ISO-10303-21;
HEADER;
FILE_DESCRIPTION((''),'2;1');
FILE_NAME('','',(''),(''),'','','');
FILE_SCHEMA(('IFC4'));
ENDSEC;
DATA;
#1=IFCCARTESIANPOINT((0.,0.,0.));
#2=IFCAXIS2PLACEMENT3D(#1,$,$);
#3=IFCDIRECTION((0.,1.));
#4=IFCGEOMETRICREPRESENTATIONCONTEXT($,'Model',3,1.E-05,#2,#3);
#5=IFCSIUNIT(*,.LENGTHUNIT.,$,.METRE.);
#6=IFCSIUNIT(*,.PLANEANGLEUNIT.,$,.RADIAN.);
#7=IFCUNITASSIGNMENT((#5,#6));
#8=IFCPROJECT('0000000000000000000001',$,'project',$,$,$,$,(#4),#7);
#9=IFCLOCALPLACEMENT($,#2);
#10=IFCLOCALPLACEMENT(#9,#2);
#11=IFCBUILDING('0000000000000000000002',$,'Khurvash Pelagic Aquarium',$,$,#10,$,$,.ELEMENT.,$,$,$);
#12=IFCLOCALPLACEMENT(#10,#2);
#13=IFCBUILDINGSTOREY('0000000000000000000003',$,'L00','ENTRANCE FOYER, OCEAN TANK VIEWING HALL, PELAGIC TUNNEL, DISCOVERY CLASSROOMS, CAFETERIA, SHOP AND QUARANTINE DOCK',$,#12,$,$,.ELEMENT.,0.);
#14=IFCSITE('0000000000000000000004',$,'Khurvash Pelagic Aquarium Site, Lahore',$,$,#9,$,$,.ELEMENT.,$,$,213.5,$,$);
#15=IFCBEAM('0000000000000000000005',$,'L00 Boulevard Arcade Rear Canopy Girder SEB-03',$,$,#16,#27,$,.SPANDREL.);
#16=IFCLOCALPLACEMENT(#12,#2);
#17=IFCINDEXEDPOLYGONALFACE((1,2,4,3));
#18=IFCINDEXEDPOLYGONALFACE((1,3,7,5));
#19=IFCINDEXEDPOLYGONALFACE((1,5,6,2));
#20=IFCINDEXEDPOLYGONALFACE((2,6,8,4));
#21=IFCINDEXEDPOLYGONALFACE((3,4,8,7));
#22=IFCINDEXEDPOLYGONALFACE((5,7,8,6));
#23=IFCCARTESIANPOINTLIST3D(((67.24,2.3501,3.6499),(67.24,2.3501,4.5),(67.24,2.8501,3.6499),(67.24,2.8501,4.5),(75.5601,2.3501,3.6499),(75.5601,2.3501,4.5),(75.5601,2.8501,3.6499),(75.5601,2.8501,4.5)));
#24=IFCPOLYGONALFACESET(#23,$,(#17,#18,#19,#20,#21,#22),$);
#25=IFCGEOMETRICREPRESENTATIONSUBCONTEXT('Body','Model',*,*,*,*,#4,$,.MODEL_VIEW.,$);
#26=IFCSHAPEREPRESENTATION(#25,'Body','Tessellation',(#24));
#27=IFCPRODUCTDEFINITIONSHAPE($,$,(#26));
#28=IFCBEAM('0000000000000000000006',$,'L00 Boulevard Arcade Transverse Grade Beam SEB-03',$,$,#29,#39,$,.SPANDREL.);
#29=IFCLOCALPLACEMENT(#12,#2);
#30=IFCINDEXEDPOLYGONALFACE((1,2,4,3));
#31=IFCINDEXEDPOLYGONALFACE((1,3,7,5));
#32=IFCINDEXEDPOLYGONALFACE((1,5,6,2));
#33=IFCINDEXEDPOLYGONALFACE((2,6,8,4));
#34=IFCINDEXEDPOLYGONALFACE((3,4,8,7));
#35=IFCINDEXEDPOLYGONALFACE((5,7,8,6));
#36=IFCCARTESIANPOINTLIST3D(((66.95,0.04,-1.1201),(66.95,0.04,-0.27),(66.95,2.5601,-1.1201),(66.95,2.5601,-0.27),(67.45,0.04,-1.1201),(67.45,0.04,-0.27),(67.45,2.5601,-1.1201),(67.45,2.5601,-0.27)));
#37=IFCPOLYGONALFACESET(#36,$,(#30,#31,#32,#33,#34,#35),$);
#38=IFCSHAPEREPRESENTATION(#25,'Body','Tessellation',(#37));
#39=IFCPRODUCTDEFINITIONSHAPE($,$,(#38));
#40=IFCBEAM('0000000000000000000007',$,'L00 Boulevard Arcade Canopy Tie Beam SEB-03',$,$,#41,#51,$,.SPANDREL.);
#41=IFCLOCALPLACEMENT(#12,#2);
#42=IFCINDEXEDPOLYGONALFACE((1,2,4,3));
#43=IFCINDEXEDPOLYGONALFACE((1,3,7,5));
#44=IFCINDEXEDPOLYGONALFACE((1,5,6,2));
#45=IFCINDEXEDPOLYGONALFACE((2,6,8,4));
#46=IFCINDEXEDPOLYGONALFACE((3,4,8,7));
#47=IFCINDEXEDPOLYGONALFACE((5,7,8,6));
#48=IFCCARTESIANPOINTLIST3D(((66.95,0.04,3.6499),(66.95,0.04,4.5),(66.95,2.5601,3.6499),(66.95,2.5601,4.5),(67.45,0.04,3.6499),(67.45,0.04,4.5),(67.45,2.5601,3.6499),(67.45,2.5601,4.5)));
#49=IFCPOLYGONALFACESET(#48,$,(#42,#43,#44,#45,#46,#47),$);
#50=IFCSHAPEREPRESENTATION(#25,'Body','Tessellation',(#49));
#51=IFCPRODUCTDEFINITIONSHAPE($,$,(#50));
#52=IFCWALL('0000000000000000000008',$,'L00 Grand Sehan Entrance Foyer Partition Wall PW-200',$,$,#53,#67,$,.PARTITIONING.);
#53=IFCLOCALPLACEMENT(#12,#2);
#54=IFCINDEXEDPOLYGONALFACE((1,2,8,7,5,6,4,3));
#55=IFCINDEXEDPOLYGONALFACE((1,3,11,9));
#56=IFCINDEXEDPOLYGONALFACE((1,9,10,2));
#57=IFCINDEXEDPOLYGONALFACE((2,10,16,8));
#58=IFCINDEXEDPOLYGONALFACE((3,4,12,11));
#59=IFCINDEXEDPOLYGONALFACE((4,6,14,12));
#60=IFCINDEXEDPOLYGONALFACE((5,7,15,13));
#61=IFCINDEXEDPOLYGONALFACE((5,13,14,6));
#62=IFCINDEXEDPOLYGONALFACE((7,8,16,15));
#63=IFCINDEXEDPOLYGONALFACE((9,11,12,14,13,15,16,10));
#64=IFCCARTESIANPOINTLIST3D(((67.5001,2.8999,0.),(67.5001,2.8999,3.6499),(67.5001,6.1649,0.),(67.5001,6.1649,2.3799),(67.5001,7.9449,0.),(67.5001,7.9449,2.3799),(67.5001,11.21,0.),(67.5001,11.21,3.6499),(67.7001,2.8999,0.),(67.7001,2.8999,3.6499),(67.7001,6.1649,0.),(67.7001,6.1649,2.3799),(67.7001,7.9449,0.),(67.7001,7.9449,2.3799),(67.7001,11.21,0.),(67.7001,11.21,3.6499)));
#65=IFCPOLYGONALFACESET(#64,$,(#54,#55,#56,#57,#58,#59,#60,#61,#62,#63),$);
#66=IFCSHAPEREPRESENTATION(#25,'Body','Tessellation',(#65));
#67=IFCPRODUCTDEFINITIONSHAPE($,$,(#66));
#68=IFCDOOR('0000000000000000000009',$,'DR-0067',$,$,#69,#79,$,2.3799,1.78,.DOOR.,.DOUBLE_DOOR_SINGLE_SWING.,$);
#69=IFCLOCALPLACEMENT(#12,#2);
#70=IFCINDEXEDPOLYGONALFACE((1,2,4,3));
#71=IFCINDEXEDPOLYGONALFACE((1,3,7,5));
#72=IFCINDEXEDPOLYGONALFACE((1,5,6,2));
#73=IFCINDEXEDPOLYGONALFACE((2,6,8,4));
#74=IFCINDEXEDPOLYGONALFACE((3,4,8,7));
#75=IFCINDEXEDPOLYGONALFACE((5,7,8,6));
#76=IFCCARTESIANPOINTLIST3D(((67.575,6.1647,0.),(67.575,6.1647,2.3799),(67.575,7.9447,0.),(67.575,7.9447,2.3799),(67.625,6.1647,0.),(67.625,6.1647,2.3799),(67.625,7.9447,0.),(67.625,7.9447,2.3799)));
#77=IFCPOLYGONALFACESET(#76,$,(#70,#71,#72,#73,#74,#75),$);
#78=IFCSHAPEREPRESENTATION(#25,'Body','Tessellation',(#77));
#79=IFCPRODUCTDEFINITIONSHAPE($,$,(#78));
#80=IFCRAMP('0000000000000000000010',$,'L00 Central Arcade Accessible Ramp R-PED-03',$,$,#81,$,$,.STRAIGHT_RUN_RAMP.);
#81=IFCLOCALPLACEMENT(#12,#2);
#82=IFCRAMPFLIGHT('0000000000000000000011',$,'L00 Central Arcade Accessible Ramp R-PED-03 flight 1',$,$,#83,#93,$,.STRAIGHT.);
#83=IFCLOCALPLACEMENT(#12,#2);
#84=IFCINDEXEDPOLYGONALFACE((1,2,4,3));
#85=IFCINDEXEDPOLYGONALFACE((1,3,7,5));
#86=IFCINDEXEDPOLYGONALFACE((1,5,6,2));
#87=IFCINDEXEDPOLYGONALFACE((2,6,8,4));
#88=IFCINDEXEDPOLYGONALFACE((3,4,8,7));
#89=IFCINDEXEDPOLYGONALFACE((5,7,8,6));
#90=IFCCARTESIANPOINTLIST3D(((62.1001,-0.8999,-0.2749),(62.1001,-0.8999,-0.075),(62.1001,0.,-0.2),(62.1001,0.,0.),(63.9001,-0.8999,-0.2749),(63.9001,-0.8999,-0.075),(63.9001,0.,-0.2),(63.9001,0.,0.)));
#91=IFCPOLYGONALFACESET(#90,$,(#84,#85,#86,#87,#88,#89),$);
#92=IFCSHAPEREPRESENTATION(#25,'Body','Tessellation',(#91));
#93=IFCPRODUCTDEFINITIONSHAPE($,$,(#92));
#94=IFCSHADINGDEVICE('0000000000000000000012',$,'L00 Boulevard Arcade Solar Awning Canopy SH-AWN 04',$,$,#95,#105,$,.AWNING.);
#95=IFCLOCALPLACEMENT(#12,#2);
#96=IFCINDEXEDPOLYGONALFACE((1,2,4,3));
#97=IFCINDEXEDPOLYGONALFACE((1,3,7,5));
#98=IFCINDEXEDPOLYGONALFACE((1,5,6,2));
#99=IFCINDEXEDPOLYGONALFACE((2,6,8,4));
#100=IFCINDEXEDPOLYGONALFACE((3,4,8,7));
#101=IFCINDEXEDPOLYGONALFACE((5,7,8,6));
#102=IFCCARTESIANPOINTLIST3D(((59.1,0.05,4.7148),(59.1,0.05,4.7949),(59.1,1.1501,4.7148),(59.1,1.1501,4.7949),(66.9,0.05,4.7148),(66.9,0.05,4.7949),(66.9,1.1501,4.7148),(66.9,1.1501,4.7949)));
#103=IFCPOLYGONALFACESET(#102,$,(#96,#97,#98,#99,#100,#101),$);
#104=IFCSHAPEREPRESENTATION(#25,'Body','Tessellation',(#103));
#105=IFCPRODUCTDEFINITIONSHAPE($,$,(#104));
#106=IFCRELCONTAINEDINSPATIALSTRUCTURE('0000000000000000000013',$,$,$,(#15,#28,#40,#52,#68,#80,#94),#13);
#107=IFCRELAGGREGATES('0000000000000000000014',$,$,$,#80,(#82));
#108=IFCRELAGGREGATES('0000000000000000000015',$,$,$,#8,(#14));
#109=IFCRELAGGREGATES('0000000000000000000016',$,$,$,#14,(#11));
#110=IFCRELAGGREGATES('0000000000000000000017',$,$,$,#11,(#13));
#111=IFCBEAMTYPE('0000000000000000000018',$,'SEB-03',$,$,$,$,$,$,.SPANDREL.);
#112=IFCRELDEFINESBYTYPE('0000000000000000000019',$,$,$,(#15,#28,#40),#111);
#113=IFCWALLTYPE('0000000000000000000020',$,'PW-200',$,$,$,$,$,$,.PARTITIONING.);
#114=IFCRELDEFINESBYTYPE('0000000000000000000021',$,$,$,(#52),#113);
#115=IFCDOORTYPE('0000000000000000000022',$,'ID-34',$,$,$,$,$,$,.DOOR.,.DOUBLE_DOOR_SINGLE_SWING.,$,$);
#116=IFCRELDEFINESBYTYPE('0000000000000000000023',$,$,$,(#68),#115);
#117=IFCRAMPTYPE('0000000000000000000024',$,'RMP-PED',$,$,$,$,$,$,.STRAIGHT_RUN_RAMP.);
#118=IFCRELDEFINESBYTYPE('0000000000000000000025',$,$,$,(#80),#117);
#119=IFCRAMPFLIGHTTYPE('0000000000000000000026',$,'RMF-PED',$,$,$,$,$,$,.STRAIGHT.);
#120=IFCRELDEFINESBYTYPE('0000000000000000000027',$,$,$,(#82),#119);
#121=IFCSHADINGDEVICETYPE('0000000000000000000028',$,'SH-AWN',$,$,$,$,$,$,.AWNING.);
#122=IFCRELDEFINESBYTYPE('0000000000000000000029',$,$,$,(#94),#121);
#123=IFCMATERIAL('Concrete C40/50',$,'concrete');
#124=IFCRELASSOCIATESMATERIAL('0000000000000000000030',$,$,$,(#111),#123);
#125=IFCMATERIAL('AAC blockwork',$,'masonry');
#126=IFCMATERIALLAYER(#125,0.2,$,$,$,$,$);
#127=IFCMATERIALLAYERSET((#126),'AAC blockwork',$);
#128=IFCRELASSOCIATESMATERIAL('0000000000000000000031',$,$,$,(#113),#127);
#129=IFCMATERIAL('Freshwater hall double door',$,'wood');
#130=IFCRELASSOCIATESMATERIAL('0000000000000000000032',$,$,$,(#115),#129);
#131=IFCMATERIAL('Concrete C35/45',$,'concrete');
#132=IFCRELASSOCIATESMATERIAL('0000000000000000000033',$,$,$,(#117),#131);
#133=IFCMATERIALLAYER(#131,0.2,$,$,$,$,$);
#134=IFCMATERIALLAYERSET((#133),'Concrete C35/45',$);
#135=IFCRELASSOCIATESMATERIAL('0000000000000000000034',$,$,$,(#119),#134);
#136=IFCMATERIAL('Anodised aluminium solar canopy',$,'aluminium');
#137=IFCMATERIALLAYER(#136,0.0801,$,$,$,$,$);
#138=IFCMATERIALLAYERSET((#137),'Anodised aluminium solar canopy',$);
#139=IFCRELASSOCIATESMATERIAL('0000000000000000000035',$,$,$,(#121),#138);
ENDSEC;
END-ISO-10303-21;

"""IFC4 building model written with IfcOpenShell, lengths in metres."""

from ifc_helpers import new_model, si_unit, direction, frame, frame_2d, origin, origin_2d, place, context, subcontext, project, spatial, polyline, rectangle, outline, extrude, material, layer, layer_set, material_profile, profile_set, type_object, element, fill, aggregate, save


model = new_model("IFC4")

# Units and contexts
model_context = context("Model", 3, precision=1e-05, world=origin(), true_north=direction((0.0, 1.0)))
body_context = subcontext(model_context, "Body", "Model", "MODEL_VIEW")
ifc_project = project(units=[si_unit("LENGTHUNIT", "METRE"), si_unit("PLANEANGLEUNIT", "RADIAN")], contexts=[model_context])

# Site, building, storey
site_placement = place(None, origin())
site = spatial("IfcSite", under=ifc_project, at=site_placement, Name="Khurvash Pelagic Aquarium Site, Lahore", CompositionType="ELEMENT", RefElevation=213.5)
building_placement = place(site_placement, origin())
building = spatial("IfcBuilding", under=site, at=building_placement, Name="Khurvash Pelagic Aquarium", CompositionType="ELEMENT")
storey_placement = place(building_placement, origin())
storey = spatial("IfcBuildingStorey", under=building, at=storey_placement, Name="L00", Description="ENTRANCE FOYER, OCEAN TANK VIEWING HALL, PELAGIC TUNNEL, DISCOVERY CLASSROOMS, CAFETERIA, SHOP AND QUARANTINE DOCK", CompositionType="ELEMENT", Elevation=0.0)

# Shared definitions
ifc_material_1 = material(Name="Concrete C40/50", Category="concrete")

# Beams
ifc_material_2 = material(Name="Concrete C35/45", Category="concrete")
ifc_material_profile_1 = material_profile(ifc_material_1, rectangle(XDim=0.5, YDim=0.8501, at=origin_2d()), Name="RC500X850")
ifc_profile_set_1 = profile_set([ifc_material_profile_1], Name="Concrete C40/50")
beam_type_1 = type_object("IfcBeamType", Name="SEB-03", PredefinedType="SPANDREL", material=ifc_profile_set_1)
for number, where, z_axis, x_axis, name in (
    (1, (67.24, 2.6001, 4.075), (1.0, 0.0, 0.0), (0.0, 1.0, 0.0), "L00 Boulevard Arcade Rear Canopy Girder SEB-03"),
):
    element("IfcBeam", number, at=place(storey_placement, frame(where, z_axis=z_axis, x_axis=x_axis)), inside=storey, type_object=beam_type_1, Name=name, PredefinedType="SPANDREL", context=body_context, shape_type="SweptSolid", body=[
        extrude(rectangle(XDim=0.5, YDim=0.8501, at=origin_2d()), origin(), (0.0, 0.0, 1.0), 8.3201),
    ])
for number, where, z_axis, x_axis, name in (
    (2, (67.2, 0.04, -0.6951), (0.0, 1.0, 0.0), (-1.0, 0.0, 0.0), "L00 Boulevard Arcade Transverse Grade Beam SEB-03"),
    (3, (67.2, 0.04, 4.075), (0.0, 1.0, 0.0), (-1.0, 0.0, 0.0), "L00 Boulevard Arcade Canopy Tie Beam SEB-03"),
):
    element("IfcBeam", number, at=place(storey_placement, frame(where, z_axis=z_axis, x_axis=x_axis)), inside=storey, type_object=beam_type_1, Name=name, PredefinedType="SPANDREL", context=body_context, shape_type="SweptSolid", body=[
        extrude(rectangle(XDim=0.5, YDim=0.8501, at=origin_2d()), origin(), (0.0, 0.0, 1.0), 2.52),
    ])

# Wall, opening, door
ifc_material_3 = material(Name="AAC blockwork", Category="masonry")
ifc_layer_1 = layer(ifc_material_3, 0.2)
ifc_layer_set_1 = layer_set([ifc_layer_1], Name="AAC blockwork")
wall_type_1 = type_object("IfcWallType", Name="PW-200", PredefinedType="PARTITIONING", material=ifc_layer_set_1)
wall_1_placement = place(storey_placement, frame((67.6001, 2.8999, 0.0), z_axis=(0.0, 0.0, 1.0), x_axis=(0.0, 1.0, 0.0)))
wall_1 = element("IfcWall", 4, at=wall_1_placement, inside=storey, type_object=wall_type_1, Name="L00 Grand Sehan Entrance Foyer Partition Wall PW-200", PredefinedType="PARTITIONING", context=body_context, shape_type="SweptSolid", body=[
    extrude(rectangle(XDim=8.3101, YDim=0.2, at=frame_2d((4.155, 0.0))), origin(), (0.0, 0.0, 1.0), 3.6499),
])
opening_1_placement = place(wall_1_placement, frame((3.2649, 0.0, 0.0)))
opening_1 = element("IfcOpeningElement", 5, at=opening_1_placement, cuts=wall_1, PredefinedType="OPENING", context=body_context, shape_type="SweptSolid", body=[
    extrude(rectangle(XDim=1.78, YDim=2.3799, at=frame_2d((0.8901, 1.1899))), frame((0.0, 0.1099, 0.0), z_axis=(0.0, -1.0, 0.0), x_axis=(1.0, 0.0, 0.0)), (0.0, 0.0, 1.0), 0.22),
])
ifc_material_4 = material(Name="Freshwater hall double door", Category="wood")
door_type_1 = type_object("IfcDoorType", Name="ID-34", OperationType="DOUBLE_DOOR_SINGLE_SWING", PredefinedType="DOOR", material=ifc_material_4)
door_1_placement = place(opening_1_placement, frame((1.78, 0.0, 0.0), z_axis=(0.0, 0.0, 1.0), x_axis=(-1.0, 0.0, 0.0)))
door_1 = element("IfcDoor", 6, at=door_1_placement, inside=storey, type_object=door_type_1, Name="DR-0067", OperationType="DOUBLE_DOOR_SINGLE_SWING", OverallHeight=2.3799, OverallWidth=1.78, PredefinedType="DOOR", context=body_context, shape_type="SweptSolid", body=[
    extrude(rectangle(XDim=1.78, YDim=2.3799, at=frame_2d((0.8901, 1.1899))), frame((0.0, 0.0249, 0.0), z_axis=(0.0, -1.0, 0.0), x_axis=(1.0, 0.0, 0.0)), (0.0, 0.0, 1.0), 0.05),
])
fill(opening_1, door_1)

# Ramp, ramp flight
ramp_type = type_object("IfcRampType", Name="RMP-PED", PredefinedType="STRAIGHT_RUN_RAMP", material=ifc_material_2)
ramp_placement = place(storey_placement, origin())
ramp = element("IfcRamp", 7, at=ramp_placement, inside=storey, type_object=ramp_type, Name="L00 Central Arcade Accessible Ramp R-PED-03", PredefinedType="STRAIGHT_RUN_RAMP")
ifc_layer_2 = layer(ifc_material_2, 0.2)
ifc_layer_set_2 = layer_set([ifc_layer_2], Name="Concrete C35/45")
ramp_flight_type = type_object("IfcRampFlightType", Name="RMF-PED", PredefinedType="STRAIGHT", material=ifc_layer_set_2)
ramp_flight_placement = place(storey_placement, frame((63.0, -0.8999, -0.075), z_axis=(0.0, 0.0, 1.0), x_axis=(0.0, 1.0, 0.0)))
ramp_flight = element("IfcRampFlight", 8, at=ramp_flight_placement, type_object=ramp_flight_type, Name="L00 Central Arcade Accessible Ramp R-PED-03 flight 1", PredefinedType="STRAIGHT", context=body_context, shape_type="SweptSolid", body=[
    extrude(outline(polyline([(0.0, 0.0), (0.8999, 0.075), (0.8999, -0.125), (0.0, -0.2), (0.0, 0.0)])), frame((0.0, 0.8999, 0.0), z_axis=(0.0, -1.0, 0.0), x_axis=(1.0, 0.0, 0.0)), (0.0, 0.0, 1.0), 1.8),
])
aggregate(ramp, [ramp_flight])

# Shading device
ifc_material_5 = material(Name="Anodised aluminium solar canopy", Category="aluminium")
ifc_layer_3 = layer(ifc_material_5, 0.0801)
ifc_layer_set_3 = layer_set([ifc_layer_3], Name="Anodised aluminium solar canopy")
shading_device_type = type_object("IfcShadingDeviceType", Name="SH-AWN", PredefinedType="AWNING", material=ifc_layer_set_3)
shading_device_placement = place(storey_placement, frame((63.0, 0.6001, 4.7148), z_axis=(0.0, 0.0, 1.0), x_axis=(1.0, 0.0, 0.0)))
element("IfcShadingDevice", 9, at=shading_device_placement, inside=storey, type_object=shading_device_type, Name="L00 Boulevard Arcade Solar Awning Canopy SH-AWN 04", PredefinedType="AWNING", context=body_context, shape_type="SweptSolid", body=[
    extrude(rectangle(XDim=7.8, YDim=1.1001, at=origin_2d()), origin(), (0.0, 0.0, 1.0), 0.0801),
])

save(model, "model.ifc")
